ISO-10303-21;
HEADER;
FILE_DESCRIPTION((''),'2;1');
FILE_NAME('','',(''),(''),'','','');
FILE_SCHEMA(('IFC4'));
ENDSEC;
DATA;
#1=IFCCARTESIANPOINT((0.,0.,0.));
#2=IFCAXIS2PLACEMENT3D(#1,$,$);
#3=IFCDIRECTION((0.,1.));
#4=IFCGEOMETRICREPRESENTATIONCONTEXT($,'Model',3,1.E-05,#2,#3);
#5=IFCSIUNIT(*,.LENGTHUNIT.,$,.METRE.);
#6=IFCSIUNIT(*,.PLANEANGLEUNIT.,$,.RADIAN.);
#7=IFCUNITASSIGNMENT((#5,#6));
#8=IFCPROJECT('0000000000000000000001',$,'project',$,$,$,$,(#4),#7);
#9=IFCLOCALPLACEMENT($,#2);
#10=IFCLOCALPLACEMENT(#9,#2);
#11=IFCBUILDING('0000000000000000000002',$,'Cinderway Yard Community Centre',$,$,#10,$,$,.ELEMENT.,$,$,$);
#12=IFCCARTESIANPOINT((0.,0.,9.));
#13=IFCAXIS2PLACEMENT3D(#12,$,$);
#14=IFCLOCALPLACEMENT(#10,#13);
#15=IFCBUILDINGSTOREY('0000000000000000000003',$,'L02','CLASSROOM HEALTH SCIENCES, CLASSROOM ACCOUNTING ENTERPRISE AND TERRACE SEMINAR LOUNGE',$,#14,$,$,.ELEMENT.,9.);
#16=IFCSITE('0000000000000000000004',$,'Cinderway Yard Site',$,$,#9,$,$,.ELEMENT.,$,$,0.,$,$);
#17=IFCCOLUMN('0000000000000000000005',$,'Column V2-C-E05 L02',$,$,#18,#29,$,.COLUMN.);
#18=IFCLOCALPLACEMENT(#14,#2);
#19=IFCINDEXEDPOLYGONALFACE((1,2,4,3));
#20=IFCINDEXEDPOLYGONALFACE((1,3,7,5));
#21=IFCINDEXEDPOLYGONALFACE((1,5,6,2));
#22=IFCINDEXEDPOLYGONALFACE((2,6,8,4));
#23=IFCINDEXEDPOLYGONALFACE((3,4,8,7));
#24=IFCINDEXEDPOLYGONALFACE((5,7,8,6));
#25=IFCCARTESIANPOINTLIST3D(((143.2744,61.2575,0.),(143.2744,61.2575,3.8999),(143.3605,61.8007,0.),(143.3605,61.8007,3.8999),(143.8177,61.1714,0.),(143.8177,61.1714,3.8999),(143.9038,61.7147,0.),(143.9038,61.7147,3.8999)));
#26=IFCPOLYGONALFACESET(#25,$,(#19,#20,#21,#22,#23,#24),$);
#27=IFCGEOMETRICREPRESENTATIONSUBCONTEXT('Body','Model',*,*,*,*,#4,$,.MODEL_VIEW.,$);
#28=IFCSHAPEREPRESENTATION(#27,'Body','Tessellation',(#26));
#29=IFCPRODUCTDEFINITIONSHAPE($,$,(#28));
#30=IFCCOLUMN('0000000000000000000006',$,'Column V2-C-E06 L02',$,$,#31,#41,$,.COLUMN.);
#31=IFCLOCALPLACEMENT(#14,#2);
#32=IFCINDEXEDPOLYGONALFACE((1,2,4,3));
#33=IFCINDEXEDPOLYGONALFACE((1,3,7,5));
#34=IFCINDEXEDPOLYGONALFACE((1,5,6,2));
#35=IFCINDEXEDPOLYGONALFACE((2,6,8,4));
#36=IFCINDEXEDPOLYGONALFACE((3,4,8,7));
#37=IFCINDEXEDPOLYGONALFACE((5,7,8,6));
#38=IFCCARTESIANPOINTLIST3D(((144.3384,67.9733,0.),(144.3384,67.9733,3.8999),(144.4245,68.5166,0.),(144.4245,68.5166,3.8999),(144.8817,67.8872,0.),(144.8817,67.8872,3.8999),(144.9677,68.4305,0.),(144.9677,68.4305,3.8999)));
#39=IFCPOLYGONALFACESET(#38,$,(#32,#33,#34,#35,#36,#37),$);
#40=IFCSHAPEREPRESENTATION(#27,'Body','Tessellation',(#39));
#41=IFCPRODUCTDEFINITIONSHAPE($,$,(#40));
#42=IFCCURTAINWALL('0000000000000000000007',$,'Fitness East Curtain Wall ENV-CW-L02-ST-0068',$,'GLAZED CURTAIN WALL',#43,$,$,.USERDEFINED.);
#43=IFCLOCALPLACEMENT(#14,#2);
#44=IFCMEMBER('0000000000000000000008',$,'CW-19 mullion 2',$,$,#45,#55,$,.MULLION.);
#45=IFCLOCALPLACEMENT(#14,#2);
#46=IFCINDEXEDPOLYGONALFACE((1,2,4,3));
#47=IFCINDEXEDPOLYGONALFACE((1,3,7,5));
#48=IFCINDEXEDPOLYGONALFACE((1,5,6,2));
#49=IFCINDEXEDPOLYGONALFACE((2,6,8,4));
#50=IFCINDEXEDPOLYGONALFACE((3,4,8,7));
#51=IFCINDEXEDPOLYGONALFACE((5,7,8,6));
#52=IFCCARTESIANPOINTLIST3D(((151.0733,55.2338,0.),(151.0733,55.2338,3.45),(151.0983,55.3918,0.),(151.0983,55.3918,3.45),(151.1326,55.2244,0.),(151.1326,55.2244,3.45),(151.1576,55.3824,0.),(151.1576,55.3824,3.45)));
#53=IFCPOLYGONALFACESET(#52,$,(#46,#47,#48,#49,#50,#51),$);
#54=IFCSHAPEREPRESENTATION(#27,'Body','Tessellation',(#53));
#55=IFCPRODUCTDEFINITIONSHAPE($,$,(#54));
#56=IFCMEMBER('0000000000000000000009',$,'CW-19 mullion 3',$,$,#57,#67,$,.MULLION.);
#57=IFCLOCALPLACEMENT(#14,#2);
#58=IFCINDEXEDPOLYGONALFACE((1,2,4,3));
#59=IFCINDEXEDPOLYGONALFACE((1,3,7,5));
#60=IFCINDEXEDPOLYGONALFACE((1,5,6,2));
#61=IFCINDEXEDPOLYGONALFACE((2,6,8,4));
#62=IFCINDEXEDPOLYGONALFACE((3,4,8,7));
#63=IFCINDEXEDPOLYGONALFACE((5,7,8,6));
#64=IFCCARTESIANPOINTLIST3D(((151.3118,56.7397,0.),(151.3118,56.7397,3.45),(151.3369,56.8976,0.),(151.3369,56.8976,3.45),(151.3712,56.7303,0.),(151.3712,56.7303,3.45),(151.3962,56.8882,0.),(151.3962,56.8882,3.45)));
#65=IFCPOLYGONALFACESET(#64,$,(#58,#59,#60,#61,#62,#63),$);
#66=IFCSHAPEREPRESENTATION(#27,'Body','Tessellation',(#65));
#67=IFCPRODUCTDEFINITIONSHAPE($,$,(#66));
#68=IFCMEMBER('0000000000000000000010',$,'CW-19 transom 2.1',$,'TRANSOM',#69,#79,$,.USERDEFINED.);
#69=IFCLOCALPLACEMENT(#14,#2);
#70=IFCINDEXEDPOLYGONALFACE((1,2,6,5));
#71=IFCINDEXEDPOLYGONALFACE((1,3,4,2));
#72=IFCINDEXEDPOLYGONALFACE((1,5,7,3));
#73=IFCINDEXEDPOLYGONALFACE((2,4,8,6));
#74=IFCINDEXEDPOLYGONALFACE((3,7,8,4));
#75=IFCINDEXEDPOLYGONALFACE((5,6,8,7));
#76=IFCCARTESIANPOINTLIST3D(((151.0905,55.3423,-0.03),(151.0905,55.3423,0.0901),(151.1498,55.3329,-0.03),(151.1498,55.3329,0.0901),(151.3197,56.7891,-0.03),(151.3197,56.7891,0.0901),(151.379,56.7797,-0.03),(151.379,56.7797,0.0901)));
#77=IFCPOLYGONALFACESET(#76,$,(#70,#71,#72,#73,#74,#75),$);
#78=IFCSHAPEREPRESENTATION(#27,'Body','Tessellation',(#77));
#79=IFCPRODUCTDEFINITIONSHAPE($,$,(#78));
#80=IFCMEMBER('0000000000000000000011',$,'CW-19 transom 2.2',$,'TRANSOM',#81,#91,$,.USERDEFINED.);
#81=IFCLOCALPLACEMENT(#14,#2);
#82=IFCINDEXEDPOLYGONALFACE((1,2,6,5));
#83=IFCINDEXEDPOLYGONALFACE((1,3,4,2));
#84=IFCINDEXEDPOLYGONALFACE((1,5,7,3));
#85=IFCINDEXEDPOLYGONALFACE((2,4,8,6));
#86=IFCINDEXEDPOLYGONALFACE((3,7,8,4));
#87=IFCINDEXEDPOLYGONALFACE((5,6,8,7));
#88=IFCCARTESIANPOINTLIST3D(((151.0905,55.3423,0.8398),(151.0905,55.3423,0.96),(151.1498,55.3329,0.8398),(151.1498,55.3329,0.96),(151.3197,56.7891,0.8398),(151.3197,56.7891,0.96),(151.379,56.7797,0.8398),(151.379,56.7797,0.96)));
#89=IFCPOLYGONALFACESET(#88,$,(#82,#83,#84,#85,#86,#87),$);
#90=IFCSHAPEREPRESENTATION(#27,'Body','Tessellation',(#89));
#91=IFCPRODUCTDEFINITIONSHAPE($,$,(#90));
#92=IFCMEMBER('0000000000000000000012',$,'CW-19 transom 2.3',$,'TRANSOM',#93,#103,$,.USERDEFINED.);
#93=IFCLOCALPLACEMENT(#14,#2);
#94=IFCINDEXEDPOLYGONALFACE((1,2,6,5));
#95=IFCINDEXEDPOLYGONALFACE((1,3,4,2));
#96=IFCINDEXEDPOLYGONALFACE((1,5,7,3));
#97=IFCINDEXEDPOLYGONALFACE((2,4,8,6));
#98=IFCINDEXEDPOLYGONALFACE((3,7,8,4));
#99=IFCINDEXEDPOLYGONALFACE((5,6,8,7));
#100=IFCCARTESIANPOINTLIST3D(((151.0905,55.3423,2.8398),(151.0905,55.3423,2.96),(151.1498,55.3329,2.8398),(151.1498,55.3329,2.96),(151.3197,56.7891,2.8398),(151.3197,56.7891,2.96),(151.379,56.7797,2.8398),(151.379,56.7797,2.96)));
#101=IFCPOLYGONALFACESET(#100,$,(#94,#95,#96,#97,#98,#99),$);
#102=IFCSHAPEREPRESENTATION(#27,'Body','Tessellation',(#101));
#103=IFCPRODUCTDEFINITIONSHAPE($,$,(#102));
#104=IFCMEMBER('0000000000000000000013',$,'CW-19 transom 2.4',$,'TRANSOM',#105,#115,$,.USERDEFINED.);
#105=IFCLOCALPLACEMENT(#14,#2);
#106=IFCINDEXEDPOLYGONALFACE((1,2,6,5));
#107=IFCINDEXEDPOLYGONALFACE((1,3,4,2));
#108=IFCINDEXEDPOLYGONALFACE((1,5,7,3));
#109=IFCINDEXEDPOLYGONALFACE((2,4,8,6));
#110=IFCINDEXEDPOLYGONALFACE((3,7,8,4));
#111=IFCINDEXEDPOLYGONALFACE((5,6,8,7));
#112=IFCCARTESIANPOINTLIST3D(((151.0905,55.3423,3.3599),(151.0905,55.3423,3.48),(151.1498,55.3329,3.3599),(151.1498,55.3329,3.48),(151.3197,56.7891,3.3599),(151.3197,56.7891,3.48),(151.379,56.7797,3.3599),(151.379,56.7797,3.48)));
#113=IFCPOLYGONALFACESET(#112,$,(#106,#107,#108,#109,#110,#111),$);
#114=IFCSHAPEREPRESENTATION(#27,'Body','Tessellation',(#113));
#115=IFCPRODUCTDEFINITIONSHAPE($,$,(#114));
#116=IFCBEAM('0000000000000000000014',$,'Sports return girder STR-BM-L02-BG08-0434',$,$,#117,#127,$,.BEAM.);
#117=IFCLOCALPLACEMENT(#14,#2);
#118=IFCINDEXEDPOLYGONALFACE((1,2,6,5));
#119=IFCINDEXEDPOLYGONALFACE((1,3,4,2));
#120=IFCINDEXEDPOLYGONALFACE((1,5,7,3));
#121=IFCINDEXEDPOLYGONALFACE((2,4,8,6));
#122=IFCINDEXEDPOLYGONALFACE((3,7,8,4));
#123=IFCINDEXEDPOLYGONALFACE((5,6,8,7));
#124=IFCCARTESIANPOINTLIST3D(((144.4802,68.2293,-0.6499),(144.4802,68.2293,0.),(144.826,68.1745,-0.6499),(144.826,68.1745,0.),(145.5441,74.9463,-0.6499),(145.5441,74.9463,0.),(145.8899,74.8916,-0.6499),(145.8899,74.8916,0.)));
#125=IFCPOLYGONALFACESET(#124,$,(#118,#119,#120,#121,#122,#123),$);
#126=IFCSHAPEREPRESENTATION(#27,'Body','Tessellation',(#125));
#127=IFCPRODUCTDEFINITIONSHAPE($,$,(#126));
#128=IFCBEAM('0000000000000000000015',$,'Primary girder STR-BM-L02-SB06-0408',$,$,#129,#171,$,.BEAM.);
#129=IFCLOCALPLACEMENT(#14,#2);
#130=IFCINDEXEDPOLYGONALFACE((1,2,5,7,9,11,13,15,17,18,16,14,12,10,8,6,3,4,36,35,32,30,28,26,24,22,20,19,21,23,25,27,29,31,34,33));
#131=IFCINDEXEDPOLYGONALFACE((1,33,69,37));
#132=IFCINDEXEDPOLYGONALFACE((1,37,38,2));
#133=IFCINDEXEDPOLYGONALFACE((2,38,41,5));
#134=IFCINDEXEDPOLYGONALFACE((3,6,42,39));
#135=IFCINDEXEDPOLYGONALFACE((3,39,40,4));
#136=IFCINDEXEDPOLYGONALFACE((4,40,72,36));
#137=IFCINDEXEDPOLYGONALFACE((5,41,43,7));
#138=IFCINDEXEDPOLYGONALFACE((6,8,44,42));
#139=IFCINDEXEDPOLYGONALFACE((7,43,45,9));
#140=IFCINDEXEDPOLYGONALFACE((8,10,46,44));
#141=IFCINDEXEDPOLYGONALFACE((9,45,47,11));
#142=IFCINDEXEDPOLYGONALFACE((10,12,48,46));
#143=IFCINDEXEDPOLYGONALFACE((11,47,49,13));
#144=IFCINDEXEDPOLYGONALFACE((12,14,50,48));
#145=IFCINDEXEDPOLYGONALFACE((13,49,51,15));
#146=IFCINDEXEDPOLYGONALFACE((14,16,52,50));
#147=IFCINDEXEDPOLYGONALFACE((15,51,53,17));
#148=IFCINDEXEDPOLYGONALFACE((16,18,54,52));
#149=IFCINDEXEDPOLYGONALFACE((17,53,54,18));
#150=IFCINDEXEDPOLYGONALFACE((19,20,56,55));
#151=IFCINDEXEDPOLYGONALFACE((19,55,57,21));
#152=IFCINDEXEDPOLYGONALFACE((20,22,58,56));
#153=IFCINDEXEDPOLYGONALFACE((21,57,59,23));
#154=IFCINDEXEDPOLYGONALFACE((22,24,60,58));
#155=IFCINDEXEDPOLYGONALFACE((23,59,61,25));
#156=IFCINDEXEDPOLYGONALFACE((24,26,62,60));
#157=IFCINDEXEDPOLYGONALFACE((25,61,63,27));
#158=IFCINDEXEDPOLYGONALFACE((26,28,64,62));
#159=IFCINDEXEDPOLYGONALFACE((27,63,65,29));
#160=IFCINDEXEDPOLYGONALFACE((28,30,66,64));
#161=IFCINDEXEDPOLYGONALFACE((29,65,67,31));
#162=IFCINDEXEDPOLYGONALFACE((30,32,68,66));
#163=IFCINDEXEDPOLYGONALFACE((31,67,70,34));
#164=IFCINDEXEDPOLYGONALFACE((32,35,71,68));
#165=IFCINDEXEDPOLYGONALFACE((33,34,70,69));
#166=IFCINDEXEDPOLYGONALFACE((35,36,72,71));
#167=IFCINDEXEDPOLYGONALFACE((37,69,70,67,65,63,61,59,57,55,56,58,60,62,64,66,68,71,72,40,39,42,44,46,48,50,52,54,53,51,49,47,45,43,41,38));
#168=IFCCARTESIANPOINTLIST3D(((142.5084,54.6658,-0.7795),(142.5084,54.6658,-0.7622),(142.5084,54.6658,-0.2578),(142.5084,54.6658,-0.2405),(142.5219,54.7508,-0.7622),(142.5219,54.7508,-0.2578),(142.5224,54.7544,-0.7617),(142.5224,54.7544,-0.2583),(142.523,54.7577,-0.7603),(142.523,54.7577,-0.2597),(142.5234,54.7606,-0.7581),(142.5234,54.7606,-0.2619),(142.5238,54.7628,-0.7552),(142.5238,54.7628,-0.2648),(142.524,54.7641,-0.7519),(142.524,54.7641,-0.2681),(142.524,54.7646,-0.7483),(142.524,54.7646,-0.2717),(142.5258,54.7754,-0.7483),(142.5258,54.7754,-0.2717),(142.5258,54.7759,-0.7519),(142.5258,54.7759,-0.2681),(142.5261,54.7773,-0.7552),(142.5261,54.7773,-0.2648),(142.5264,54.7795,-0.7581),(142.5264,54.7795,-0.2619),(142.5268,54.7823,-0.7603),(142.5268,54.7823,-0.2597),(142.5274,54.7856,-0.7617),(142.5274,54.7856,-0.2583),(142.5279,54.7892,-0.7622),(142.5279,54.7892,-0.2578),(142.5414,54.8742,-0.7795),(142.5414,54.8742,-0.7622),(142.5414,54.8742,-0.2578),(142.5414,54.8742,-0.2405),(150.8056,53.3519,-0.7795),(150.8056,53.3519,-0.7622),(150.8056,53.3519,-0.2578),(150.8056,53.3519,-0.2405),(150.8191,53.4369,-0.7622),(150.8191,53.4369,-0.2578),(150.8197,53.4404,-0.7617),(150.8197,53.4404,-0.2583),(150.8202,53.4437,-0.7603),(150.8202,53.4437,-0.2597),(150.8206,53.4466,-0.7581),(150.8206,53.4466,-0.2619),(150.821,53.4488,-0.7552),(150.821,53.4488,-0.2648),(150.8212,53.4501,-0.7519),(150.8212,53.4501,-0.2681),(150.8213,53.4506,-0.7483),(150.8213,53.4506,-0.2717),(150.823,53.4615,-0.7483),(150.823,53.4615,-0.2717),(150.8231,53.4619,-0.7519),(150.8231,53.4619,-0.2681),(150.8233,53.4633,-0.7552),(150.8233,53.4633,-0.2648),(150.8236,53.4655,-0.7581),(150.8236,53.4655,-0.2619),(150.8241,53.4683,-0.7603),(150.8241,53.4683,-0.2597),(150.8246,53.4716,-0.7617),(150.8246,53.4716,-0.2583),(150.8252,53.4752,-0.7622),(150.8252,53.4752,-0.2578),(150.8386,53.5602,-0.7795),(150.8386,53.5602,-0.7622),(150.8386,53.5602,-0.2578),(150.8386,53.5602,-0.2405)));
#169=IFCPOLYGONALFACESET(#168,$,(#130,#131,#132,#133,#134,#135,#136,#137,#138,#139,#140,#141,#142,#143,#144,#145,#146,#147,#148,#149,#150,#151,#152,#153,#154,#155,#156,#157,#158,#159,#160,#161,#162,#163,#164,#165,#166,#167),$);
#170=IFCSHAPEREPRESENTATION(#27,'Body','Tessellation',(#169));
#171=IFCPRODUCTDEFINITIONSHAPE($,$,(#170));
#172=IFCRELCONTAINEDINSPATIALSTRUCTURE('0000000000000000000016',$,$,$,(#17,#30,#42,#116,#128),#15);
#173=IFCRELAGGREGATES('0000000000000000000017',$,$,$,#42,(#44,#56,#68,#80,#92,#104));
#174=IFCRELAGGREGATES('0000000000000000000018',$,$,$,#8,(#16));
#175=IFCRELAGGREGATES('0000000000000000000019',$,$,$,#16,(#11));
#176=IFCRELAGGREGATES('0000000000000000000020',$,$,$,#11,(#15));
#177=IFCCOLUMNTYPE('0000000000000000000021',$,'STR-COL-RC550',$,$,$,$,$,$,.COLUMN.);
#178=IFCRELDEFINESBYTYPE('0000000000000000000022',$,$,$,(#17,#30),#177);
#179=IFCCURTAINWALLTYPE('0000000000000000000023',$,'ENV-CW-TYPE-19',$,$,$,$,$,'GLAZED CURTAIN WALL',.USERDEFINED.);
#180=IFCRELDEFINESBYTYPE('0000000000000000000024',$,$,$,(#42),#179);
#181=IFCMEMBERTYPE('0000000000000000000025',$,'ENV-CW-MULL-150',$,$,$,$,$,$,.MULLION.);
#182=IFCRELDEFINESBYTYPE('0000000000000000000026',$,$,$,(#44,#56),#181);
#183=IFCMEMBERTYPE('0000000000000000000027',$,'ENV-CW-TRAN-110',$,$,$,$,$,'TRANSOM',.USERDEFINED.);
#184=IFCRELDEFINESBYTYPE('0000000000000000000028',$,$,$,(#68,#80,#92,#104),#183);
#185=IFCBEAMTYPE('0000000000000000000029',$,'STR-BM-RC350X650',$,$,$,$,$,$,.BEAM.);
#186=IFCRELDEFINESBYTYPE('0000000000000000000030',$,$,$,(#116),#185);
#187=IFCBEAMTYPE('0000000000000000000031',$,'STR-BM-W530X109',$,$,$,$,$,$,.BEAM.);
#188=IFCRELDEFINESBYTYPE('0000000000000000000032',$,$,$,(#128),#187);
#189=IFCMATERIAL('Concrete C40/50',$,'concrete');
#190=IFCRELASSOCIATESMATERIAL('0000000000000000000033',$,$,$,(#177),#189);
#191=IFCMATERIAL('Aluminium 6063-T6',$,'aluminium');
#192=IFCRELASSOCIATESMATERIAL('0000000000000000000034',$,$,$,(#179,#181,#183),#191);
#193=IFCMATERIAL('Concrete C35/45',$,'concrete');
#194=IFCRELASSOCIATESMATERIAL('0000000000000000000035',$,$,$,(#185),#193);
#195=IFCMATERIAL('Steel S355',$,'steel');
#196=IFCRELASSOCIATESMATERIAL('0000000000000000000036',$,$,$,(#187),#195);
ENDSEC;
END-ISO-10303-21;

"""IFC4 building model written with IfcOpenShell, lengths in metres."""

from ifc_helpers import new_model, si_unit, direction, frame, origin, origin_2d, place, context, subcontext, project, spatial, rectangle, i_section, extrude, material, material_profile, profile_set, type_object, element, aggregate, save


model = new_model("IFC4")

# Units and contexts
model_context = context("Model", 3, precision=1e-05, world=origin(), true_north=direction((0.0, 1.0)))
body_context = subcontext(model_context, "Body", "Model", "MODEL_VIEW")
ifc_project = project(units=[si_unit("LENGTHUNIT", "METRE"), si_unit("PLANEANGLEUNIT", "RADIAN")], contexts=[model_context])

# Site, building, storey
site_placement = place(None, origin())
site = spatial("IfcSite", under=ifc_project, at=site_placement, Name="Cinderway Yard Site", CompositionType="ELEMENT", RefElevation=0.0)
building_placement = place(site_placement, origin())
building = spatial("IfcBuilding", under=site, at=building_placement, Name="Cinderway Yard Community Centre", CompositionType="ELEMENT")
storey_placement = place(building_placement, frame((0.0, 0.0, 9.0)))
storey = spatial("IfcBuildingStorey", under=building, at=storey_placement, Name="L02", Description="CLASSROOM HEALTH SCIENCES, CLASSROOM ACCOUNTING ENTERPRISE AND TERRACE SEMINAR LOUNGE", CompositionType="ELEMENT", Elevation=9.0)

# Columns
ifc_material_1 = material(Name="Concrete C40/50", Category="concrete")
ifc_material_profile_1 = material_profile(ifc_material_1, rectangle(XDim=0.55, YDim=0.55, at=origin_2d()), Name="Concrete C40/50")
ifc_profile_set_1 = profile_set([ifc_material_profile_1], Name="Concrete C40/50")
column_type = type_object("IfcColumnType", Name="STR-COL-RC550", PredefinedType="COLUMN", material=ifc_profile_set_1)
for number, where, z_axis, x_axis, name in (
    (1, (143.5891, 61.4861, 0.0), (0.0, 0.0, 1.0), (0.987688, -0.156434, 0.0), "Column V2-C-E05 L02"),
    (2, (144.6531, 68.2019, 0.0), (0.0, 0.0, 1.0), (0.987688, -0.156434, 0.0), "Column V2-C-E06 L02"),
):
    element("IfcColumn", number, at=place(storey_placement, frame(where, z_axis=z_axis, x_axis=x_axis)), inside=storey, type_object=column_type, Name=name, PredefinedType="COLUMN", context=body_context, shape_type="SweptSolid", body=[
        extrude(rectangle(XDim=0.55, YDim=0.55, at=origin_2d()), origin(), (0.0, 0.0, 1.0), 3.8999),
    ])

# Curtain wall, members
ifc_material_2 = material(Name="Aluminium 6063-T6", Category="aluminium")
curtain_wall_type = type_object("IfcCurtainWallType", Name="ENV-CW-TYPE-19", ElementType="GLAZED CURTAIN WALL", PredefinedType="USERDEFINED", material=ifc_material_2)
curtain_wall_placement = place(storey_placement, origin())
curtain_wall = element("IfcCurtainWall", 3, at=curtain_wall_placement, inside=storey, type_object=curtain_wall_type, Name="Fitness East Curtain Wall ENV-CW-L02-ST-0068", ObjectType="GLAZED CURTAIN WALL", PredefinedType="USERDEFINED")
ifc_material_profile_2 = material_profile(ifc_material_2, rectangle(XDim=0.0601, YDim=0.1599, at=origin_2d()), Name="Aluminium 6063-T6")
ifc_profile_set_2 = profile_set([ifc_material_profile_2], Name="Aluminium 6063-T6")
member_type_1 = type_object("IfcMemberType", Name="ENV-CW-MULL-150", PredefinedType="MULLION", material=ifc_profile_set_2)
member_1_placement = place(storey_placement, frame((151.1155, 55.3081, 0.0), z_axis=(0.0, 0.0, 1.0), x_axis=(-0.987691, 0.156417, 0.0)))
member_1 = element("IfcMember", 4, at=member_1_placement, type_object=member_type_1, Name="CW-19 mullion 2", PredefinedType="MULLION", context=body_context, shape_type="SweptSolid", body=[
    extrude(rectangle(XDim=0.0601, YDim=0.1599, at=origin_2d()), origin(), (0.0, 0.0, 1.0), 3.45),
])
member_2_placement = place(storey_placement, frame((151.354, 56.814, 0.0), z_axis=(0.0, 0.0, 1.0), x_axis=(-0.987691, 0.156417, 0.0)))
member_2 = element("IfcMember", 5, at=member_2_placement, type_object=member_type_1, Name="CW-19 mullion 3", PredefinedType="MULLION", context=body_context, shape_type="SweptSolid", body=[
    extrude(rectangle(XDim=0.0601, YDim=0.1599, at=origin_2d()), origin(), (0.0, 0.0, 1.0), 3.45),
])
ifc_material_profile_3 = material_profile(ifc_material_2, rectangle(XDim=0.0601, YDim=0.1201, at=origin_2d()), Name="Aluminium 6063-T6")
ifc_profile_set_3 = profile_set([ifc_material_profile_3], Name="Aluminium 6063-T6")
member_type_2 = type_object("IfcMemberType", Name="ENV-CW-TRAN-110", ElementType="TRANSOM", PredefinedType="USERDEFINED", material=ifc_profile_set_3)
member_3_placement = place(storey_placement, frame((151.1201, 55.3376, 0.03), z_axis=(0.156502, 0.987678, 0.0), x_axis=(-0.987678, 0.156502, 0.0)))
member_3 = element("IfcMember", 6, at=member_3_placement, type_object=member_type_2, Name="CW-19 transom 2.1", ObjectType="TRANSOM", PredefinedType="USERDEFINED", context=body_context, shape_type="SweptSolid", body=[
    extrude(rectangle(XDim=0.0601, YDim=0.1201, at=origin_2d()), origin(), (0.0, 0.0, 1.0), 1.4648),
])
member_4_placement = place(storey_placement, frame((151.1201, 55.3376, 0.8999), z_axis=(0.156502, 0.987678, 0.0), x_axis=(-0.987678, 0.156502, 0.0)))
member_4 = element("IfcMember", 7, at=member_4_placement, type_object=member_type_2, Name="CW-19 transom 2.2", ObjectType="TRANSOM", PredefinedType="USERDEFINED", context=body_context, shape_type="SweptSolid", body=[
    extrude(rectangle(XDim=0.0601, YDim=0.1201, at=origin_2d()), origin(), (0.0, 0.0, 1.0), 1.4648),
])
member_5_placement = place(storey_placement, frame((151.1201, 55.3376, 2.8999), z_axis=(0.156502, 0.987678, 0.0), x_axis=(-0.987678, 0.156502, 0.0)))
member_5 = element("IfcMember", 8, at=member_5_placement, type_object=member_type_2, Name="CW-19 transom 2.3", ObjectType="TRANSOM", PredefinedType="USERDEFINED", context=body_context, shape_type="SweptSolid", body=[
    extrude(rectangle(XDim=0.0601, YDim=0.1201, at=origin_2d()), origin(), (0.0, 0.0, 1.0), 1.4648),
])
member_6_placement = place(storey_placement, frame((151.1201, 55.3376, 3.4199), z_axis=(0.156502, 0.987678, 0.0), x_axis=(-0.987678, 0.156502, 0.0)))
member_6 = element("IfcMember", 9, at=member_6_placement, type_object=member_type_2, Name="CW-19 transom 2.4", ObjectType="TRANSOM", PredefinedType="USERDEFINED", context=body_context, shape_type="SweptSolid", body=[
    extrude(rectangle(XDim=0.0601, YDim=0.1201, at=origin_2d()), origin(), (0.0, 0.0, 1.0), 1.4648),
])

# Beams
ifc_material_3 = material(Name="Concrete C35/45", Category="concrete")
ifc_material_profile_4 = material_profile(ifc_material_3, rectangle(XDim=0.3501, YDim=0.6499, at=origin_2d()), Name="Concrete C35/45")
ifc_profile_set_4 = profile_set([ifc_material_profile_4], Name="Concrete C35/45")
beam_type_1 = type_object("IfcBeamType", Name="STR-BM-RC350X650", PredefinedType="BEAM", material=ifc_profile_set_4)
beam_1_placement = place(storey_placement, frame((144.6531, 68.2019, -0.325), z_axis=(0.156447, 0.987686, 0.0), x_axis=(-0.987686, 0.156447, 0.0)))
element("IfcBeam", 10, at=beam_1_placement, inside=storey, type_object=beam_type_1, Name="Sports return girder STR-BM-L02-BG08-0434", PredefinedType="BEAM", context=body_context, shape_type="SweptSolid", body=[
    extrude(rectangle(XDim=0.3501, YDim=0.6499, at=origin_2d()), origin(), (0.0, 0.0, 1.0), 6.8008),
])
ifc_material_4 = material(Name="Steel S355", Category="steel")
ifc_material_profile_5 = material_profile(ifc_material_4, i_section(OverallWidth=0.2109, OverallDepth=0.5391, WebThickness=0.011, FlangeThickness=0.0173, FilletRadius=0.0139, at=origin_2d()), Name="Steel S355")
ifc_profile_set_5 = profile_set([ifc_material_profile_5], Name="Steel S355")
beam_type_2 = type_object("IfcBeamType", Name="STR-BM-W530X109", PredefinedType="BEAM", material=ifc_profile_set_5)
beam_2_placement = place(storey_placement, frame((142.5249, 54.77, -0.51), z_axis=(0.987691, -0.156415, 0.0), x_axis=(0.156415, 0.987691, 0.0)))
element("IfcBeam", 11, at=beam_2_placement, inside=storey, type_object=beam_type_2, Name="Primary girder STR-BM-L02-SB06-0408", PredefinedType="BEAM", context=body_context, shape_type="SweptSolid", body=[
    extrude(i_section(OverallWidth=0.2109, OverallDepth=0.5391, WebThickness=0.011, FlangeThickness=0.0173, FilletRadius=0.0139, at=origin_2d()), origin(), (0.0, 0.0, 1.0), 8.4006),
])

aggregate(curtain_wall, [member_1, member_2, member_3, member_4, member_5, member_6])

save(model, "model.ifc")
